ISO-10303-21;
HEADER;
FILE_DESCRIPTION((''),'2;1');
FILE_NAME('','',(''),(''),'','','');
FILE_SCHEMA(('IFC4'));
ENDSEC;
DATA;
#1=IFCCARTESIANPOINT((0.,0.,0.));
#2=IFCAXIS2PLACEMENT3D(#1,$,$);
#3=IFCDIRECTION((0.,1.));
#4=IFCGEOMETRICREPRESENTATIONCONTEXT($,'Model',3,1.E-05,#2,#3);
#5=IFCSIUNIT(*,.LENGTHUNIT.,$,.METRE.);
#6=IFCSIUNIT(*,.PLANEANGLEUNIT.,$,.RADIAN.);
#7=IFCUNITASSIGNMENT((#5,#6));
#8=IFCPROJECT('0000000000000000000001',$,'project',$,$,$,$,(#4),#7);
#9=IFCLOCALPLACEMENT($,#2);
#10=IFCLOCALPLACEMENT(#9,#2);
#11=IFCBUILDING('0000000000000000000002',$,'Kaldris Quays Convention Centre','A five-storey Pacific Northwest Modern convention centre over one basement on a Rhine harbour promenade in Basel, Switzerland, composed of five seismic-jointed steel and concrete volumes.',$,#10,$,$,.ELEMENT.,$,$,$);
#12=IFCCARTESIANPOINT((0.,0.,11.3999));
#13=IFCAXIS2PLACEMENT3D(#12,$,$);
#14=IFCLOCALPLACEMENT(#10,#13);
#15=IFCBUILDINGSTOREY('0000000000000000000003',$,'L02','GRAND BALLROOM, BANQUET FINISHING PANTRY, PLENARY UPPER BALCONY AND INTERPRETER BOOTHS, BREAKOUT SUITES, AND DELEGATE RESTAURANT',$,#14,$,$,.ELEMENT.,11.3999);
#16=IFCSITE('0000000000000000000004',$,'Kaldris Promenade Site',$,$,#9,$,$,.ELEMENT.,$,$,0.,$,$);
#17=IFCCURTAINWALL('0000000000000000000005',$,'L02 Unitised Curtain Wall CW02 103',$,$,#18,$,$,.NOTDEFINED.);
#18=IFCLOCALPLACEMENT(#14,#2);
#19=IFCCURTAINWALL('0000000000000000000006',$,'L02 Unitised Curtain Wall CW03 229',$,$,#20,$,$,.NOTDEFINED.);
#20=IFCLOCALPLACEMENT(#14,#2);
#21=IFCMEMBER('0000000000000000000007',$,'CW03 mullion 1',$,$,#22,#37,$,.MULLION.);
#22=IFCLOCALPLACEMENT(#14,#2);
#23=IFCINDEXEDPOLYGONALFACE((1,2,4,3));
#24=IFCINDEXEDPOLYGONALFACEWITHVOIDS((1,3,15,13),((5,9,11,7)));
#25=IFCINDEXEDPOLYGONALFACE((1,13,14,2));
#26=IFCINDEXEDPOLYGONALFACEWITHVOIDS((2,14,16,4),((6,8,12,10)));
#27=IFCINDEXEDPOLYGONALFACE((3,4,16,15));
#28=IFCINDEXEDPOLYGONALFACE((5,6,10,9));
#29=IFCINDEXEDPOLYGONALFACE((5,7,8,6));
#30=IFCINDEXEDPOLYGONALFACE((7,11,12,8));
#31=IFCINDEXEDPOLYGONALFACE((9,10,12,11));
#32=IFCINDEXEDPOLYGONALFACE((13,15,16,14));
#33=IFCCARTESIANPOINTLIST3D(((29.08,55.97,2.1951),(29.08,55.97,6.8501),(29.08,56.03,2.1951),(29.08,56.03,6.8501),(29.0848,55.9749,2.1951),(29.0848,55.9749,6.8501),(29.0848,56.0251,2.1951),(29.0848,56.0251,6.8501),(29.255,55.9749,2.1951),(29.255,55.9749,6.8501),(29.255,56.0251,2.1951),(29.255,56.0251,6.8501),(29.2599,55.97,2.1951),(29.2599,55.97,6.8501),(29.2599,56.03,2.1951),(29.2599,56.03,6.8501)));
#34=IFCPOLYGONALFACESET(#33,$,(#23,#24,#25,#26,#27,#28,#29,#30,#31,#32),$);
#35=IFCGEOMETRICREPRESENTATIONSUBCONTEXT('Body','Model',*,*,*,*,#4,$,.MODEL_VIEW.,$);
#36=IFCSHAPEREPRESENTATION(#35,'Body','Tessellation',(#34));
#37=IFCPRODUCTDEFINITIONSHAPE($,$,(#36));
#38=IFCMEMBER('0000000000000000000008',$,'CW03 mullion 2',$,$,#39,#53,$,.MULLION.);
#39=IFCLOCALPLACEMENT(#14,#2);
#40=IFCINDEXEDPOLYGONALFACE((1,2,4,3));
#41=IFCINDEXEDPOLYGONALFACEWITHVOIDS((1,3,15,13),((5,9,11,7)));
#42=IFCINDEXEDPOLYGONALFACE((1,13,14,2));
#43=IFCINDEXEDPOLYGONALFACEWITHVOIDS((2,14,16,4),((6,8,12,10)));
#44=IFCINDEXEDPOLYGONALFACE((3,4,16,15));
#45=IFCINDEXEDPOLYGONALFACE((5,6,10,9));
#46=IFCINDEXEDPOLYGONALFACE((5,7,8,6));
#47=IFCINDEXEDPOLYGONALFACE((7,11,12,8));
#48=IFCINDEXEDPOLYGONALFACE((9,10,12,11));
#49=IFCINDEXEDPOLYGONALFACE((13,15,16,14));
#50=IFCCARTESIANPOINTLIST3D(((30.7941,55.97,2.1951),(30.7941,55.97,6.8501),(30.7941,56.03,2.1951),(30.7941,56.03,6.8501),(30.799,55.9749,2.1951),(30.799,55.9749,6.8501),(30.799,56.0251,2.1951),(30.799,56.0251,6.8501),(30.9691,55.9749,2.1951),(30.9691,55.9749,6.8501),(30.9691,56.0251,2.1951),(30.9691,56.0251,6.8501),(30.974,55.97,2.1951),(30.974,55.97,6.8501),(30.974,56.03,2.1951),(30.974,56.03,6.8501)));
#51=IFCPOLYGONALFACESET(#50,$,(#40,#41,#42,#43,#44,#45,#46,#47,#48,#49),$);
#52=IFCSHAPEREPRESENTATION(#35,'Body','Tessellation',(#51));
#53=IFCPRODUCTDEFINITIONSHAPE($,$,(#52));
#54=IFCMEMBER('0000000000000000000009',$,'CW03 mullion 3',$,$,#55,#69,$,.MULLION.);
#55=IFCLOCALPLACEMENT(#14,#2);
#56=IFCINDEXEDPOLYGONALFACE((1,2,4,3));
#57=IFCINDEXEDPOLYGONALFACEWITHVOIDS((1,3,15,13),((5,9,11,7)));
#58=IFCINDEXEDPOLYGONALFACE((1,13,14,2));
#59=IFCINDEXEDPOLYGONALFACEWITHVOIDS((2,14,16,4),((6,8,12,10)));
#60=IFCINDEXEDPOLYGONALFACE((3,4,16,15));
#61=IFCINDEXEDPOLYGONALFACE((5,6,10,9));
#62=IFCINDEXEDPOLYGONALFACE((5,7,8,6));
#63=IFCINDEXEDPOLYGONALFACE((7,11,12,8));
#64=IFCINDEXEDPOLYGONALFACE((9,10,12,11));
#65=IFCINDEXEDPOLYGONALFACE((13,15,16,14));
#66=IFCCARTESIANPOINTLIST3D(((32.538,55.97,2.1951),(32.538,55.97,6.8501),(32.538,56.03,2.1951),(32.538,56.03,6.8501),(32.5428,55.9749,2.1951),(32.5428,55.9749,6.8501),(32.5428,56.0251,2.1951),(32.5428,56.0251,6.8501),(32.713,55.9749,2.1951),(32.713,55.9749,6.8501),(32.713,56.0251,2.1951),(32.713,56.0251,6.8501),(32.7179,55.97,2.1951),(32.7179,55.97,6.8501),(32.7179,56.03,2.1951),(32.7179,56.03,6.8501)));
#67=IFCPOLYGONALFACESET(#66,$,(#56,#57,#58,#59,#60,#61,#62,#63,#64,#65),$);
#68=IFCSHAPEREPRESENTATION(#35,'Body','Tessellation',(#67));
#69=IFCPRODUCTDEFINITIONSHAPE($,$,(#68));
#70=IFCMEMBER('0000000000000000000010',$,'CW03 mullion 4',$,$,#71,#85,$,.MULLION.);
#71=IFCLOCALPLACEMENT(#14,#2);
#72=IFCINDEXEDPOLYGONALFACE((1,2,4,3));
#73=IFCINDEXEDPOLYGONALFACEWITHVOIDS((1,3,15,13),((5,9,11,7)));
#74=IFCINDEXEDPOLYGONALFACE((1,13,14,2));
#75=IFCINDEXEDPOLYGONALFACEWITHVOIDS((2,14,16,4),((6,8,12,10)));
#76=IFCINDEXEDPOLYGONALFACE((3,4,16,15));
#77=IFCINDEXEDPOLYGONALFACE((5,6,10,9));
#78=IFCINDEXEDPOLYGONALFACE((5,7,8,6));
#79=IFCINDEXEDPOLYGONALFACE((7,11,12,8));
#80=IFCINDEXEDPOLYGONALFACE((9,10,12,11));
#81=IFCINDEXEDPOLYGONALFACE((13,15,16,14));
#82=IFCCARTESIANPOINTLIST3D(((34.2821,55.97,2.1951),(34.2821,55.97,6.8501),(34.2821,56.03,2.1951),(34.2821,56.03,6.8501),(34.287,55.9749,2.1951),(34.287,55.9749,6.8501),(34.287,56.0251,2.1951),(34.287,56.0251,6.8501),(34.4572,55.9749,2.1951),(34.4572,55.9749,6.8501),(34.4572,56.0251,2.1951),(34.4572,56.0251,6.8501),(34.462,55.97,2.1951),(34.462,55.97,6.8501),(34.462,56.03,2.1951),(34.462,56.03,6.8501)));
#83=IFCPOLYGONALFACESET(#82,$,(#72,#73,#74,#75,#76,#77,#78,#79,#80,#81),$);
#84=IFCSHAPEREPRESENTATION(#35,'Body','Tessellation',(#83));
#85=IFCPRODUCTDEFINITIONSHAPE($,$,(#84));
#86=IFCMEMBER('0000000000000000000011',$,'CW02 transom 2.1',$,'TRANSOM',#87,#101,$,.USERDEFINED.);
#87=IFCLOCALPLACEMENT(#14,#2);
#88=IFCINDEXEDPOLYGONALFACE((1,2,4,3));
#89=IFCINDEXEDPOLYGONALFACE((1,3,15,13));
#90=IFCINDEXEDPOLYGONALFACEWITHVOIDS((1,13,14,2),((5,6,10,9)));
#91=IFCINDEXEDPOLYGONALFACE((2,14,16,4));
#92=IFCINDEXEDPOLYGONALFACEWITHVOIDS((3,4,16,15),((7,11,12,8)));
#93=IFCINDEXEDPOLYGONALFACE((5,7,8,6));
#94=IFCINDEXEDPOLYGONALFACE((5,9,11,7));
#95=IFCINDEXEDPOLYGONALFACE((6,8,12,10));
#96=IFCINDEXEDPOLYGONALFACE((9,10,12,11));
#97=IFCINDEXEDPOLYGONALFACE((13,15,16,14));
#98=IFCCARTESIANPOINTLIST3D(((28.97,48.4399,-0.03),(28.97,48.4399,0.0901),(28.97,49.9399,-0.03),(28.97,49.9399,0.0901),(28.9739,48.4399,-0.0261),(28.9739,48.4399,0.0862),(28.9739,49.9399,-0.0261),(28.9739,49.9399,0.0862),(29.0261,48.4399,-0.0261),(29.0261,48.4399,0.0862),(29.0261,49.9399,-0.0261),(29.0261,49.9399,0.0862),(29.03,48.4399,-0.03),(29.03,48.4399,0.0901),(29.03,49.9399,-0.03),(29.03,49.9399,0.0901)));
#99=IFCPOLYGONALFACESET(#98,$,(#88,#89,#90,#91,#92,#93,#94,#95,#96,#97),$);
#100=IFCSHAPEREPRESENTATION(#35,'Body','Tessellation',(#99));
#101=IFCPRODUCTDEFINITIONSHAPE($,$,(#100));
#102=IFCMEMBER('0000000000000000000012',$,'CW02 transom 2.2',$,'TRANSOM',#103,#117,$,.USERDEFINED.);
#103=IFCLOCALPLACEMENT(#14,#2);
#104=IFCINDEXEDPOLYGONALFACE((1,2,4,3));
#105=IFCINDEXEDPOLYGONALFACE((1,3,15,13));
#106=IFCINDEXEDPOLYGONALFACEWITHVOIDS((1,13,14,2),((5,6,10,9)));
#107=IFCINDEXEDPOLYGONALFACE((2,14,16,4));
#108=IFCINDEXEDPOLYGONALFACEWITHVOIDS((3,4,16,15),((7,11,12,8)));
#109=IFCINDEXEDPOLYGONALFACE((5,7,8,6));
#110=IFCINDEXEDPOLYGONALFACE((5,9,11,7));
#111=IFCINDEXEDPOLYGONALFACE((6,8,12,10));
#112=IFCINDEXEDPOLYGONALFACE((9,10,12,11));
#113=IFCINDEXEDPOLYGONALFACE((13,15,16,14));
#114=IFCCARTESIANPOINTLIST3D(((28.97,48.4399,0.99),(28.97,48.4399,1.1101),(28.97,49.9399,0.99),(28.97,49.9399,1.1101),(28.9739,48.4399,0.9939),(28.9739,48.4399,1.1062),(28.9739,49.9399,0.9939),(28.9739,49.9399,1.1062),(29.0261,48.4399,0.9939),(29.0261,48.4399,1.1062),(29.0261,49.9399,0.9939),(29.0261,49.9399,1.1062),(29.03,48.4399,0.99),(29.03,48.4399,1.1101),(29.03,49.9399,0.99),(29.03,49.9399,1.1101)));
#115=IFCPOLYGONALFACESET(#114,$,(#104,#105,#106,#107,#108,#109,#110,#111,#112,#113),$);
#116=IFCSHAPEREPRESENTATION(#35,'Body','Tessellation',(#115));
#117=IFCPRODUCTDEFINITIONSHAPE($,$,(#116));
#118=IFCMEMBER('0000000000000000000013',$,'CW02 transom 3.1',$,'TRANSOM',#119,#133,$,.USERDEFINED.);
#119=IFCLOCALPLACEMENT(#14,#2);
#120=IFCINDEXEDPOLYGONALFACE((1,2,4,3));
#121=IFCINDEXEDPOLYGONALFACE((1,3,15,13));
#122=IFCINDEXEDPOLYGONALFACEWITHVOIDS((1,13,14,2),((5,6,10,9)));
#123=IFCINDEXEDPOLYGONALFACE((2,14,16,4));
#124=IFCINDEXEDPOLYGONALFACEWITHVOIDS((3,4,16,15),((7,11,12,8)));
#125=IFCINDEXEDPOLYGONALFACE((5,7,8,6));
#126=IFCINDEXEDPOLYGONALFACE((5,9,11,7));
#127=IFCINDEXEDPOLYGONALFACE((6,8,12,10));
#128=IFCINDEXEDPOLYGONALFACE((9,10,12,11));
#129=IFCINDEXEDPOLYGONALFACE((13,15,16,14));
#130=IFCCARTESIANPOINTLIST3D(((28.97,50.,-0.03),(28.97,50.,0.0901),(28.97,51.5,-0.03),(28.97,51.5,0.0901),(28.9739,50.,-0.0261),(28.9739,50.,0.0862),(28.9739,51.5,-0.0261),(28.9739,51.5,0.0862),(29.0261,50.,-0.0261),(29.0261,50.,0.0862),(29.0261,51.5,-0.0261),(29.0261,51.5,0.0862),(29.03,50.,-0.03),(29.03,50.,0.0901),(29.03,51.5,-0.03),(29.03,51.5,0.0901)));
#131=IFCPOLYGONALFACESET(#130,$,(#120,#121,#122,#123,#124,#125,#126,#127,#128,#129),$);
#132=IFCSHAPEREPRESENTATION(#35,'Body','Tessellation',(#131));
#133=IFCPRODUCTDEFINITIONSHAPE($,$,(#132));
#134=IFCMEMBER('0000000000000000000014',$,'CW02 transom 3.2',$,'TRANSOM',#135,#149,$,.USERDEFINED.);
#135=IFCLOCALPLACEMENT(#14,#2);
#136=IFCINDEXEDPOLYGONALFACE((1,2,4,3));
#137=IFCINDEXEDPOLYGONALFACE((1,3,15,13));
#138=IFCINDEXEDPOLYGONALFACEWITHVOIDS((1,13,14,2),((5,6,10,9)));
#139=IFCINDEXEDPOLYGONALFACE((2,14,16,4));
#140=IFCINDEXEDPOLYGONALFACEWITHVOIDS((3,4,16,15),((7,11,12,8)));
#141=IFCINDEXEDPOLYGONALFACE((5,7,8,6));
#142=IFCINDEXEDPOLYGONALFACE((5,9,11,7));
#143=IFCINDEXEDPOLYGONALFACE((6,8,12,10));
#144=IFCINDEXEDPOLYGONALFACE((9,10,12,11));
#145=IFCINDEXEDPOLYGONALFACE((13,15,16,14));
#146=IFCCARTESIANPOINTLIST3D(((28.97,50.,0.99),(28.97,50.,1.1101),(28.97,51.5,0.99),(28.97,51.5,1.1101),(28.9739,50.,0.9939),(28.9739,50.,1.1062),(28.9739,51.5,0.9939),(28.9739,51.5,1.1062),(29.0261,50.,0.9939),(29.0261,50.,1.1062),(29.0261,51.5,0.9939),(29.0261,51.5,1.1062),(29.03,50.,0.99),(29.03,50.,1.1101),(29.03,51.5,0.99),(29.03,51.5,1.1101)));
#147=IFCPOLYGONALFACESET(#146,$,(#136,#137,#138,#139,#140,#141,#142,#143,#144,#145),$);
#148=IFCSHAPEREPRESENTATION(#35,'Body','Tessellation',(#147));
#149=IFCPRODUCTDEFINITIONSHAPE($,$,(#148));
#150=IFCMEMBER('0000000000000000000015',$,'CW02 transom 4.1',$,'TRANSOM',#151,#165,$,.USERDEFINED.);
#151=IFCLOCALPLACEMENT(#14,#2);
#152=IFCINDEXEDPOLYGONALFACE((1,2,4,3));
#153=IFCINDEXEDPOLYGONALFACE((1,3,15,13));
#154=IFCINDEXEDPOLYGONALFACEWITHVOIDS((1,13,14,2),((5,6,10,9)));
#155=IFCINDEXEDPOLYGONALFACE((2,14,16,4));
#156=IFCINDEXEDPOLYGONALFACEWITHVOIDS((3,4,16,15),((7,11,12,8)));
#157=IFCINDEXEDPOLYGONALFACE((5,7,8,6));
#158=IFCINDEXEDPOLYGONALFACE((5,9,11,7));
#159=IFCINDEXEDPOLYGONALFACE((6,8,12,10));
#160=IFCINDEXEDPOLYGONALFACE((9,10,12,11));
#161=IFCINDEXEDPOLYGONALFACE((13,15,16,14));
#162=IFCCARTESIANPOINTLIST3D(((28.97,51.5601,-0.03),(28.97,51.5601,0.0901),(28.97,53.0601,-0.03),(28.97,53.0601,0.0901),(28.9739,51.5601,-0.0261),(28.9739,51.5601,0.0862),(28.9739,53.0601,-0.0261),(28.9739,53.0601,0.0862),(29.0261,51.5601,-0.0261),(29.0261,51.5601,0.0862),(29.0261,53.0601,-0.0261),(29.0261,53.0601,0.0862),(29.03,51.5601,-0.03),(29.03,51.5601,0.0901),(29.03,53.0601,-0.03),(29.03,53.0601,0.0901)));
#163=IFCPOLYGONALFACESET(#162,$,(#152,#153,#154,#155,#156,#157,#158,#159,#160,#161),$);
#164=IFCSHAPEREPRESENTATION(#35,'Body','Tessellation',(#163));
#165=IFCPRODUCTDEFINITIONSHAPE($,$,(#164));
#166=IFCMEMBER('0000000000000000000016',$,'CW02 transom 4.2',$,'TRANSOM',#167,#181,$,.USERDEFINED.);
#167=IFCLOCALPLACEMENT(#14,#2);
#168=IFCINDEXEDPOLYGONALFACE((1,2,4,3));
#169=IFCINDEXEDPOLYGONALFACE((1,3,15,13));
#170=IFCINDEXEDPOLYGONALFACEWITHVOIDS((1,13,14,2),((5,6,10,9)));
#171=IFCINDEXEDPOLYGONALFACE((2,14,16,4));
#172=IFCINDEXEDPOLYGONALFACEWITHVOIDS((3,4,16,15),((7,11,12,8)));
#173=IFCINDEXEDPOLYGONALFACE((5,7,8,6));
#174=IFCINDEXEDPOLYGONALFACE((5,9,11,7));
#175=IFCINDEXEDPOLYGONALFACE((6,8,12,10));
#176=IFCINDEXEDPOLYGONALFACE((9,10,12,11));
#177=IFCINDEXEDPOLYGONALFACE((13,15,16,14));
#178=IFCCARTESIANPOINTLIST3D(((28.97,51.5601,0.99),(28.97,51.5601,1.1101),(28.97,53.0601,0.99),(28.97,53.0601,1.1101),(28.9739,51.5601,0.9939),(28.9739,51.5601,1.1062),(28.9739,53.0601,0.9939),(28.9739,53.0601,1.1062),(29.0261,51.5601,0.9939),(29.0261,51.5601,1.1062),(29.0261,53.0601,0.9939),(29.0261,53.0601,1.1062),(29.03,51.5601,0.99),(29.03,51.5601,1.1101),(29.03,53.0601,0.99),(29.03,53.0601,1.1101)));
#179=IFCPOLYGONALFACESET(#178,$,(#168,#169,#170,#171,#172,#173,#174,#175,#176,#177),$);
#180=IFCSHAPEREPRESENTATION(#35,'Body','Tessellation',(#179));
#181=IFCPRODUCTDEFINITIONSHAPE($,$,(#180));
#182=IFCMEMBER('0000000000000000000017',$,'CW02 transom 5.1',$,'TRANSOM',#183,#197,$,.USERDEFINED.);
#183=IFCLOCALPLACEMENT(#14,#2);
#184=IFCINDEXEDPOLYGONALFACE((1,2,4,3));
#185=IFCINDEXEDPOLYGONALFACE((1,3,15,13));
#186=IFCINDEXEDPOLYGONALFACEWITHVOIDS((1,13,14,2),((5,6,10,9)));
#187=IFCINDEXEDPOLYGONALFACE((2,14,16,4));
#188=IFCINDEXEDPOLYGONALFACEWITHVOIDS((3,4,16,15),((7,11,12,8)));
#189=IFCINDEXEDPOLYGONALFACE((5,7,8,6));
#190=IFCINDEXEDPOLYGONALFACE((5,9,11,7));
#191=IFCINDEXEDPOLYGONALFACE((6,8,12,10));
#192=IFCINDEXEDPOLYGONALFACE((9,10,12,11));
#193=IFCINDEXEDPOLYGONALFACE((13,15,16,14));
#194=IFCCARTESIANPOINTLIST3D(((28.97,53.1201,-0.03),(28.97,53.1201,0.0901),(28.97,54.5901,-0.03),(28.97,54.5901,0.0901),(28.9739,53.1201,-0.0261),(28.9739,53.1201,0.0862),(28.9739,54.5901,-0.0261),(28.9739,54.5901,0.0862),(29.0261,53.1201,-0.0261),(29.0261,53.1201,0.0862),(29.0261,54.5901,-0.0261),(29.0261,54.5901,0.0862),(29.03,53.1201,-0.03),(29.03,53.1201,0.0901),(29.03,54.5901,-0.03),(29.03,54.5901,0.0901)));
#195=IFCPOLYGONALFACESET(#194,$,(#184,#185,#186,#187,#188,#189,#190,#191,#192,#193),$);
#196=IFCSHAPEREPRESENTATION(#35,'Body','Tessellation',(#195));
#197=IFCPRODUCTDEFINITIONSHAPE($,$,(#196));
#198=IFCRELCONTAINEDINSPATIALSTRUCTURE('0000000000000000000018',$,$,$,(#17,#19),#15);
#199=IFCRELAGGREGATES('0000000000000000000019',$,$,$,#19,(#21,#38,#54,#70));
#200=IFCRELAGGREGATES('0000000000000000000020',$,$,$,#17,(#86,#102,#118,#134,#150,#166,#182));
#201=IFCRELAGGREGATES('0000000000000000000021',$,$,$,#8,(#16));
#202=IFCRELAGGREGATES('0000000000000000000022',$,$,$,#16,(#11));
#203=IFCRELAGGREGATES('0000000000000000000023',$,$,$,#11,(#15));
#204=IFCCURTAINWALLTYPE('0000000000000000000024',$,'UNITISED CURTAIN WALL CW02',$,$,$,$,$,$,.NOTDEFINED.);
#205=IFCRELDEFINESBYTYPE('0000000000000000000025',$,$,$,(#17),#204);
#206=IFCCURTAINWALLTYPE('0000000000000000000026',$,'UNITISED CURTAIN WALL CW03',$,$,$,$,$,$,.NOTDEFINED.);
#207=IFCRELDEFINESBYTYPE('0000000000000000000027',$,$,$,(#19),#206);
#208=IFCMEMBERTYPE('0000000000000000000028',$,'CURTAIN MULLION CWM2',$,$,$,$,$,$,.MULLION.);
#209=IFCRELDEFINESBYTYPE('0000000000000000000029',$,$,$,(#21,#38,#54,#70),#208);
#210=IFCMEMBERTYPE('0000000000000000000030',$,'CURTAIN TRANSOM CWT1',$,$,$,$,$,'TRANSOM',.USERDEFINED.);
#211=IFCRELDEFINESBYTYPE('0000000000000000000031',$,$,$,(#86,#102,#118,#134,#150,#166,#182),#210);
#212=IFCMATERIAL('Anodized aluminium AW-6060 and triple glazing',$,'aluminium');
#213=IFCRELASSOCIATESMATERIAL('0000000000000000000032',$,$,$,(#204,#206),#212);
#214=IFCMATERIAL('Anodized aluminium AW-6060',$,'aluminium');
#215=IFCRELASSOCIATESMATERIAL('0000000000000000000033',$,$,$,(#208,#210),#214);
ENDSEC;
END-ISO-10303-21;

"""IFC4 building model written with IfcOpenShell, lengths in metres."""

from ifc_helpers import new_model, si_unit, direction, frame, origin, origin_2d, place, context, subcontext, project, spatial, hollow_rectangle, extrude, material, material_profile, profile_set, type_object, element, aggregate, save


model = new_model("IFC4")

# Units and contexts
model_context = context("Model", 3, precision=1e-05, world=origin(), true_north=direction((0.0, 1.0)))
body_context = subcontext(model_context, "Body", "Model", "MODEL_VIEW")
ifc_project = project(units=[si_unit("LENGTHUNIT", "METRE"), si_unit("PLANEANGLEUNIT", "RADIAN")], contexts=[model_context])

# Site, building, storey
site_placement = place(None, origin())
site = spatial("IfcSite", under=ifc_project, at=site_placement, Name="Kaldris Promenade Site", CompositionType="ELEMENT", RefElevation=0.0)
building_placement = place(site_placement, origin())
building = spatial("IfcBuilding", under=site, at=building_placement, Name="Kaldris Quays Convention Centre", Description="A five-storey Pacific Northwest Modern convention centre over one basement on a Rhine harbour promenade in Basel, Switzerland, composed of five seismic-jointed steel and concrete volumes.", CompositionType="ELEMENT")
storey_placement = place(building_placement, frame((0.0, 0.0, 11.3999)))
storey = spatial("IfcBuildingStorey", under=building, at=storey_placement, Name="L02", Description="GRAND BALLROOM, BANQUET FINISHING PANTRY, PLENARY UPPER BALCONY AND INTERPRETER BOOTHS, BREAKOUT SUITES, AND DELEGATE RESTAURANT", CompositionType="ELEMENT", Elevation=11.3999)

# Curtain wall
ifc_material_1 = material(Name="Anodized aluminium AW-6060 and triple glazing", Category="aluminium")
curtain_wall_type_1 = type_object("IfcCurtainWallType", Name="UNITISED CURTAIN WALL CW02", PredefinedType="NOTDEFINED", material=ifc_material_1)
curtain_wall_1_placement = place(storey_placement, origin())
curtain_wall_1 = element("IfcCurtainWall", 1, at=curtain_wall_1_placement, inside=storey, type_object=curtain_wall_type_1, Name="L02 Unitised Curtain Wall CW02 103", PredefinedType="NOTDEFINED")
ifc_material_2 = material(Name="Anodized aluminium AW-6060", Category="aluminium")
ifc_material_profile_1 = material_profile(ifc_material_2, hollow_rectangle(XDim=0.0601, YDim=0.1799, WallThickness=0.0049, at=origin_2d()), Name="RHS 180x60x5")
ifc_profile_set_1 = profile_set([ifc_material_profile_1], Name="Anodized aluminium AW-6060")
member_type_1 = type_object("IfcMemberType", Name="CURTAIN MULLION CWM2", PredefinedType="MULLION", material=ifc_profile_set_1)

# Shared definitions
curtain_wall_type_2 = type_object("IfcCurtainWallType", Name="UNITISED CURTAIN WALL CW03", PredefinedType="NOTDEFINED", material=ifc_material_1)

# Curtain wall, members
curtain_wall_2_placement = place(storey_placement, origin())
curtain_wall_2 = element("IfcCurtainWall", 2, at=curtain_wall_2_placement, inside=storey, type_object=curtain_wall_type_2, Name="L02 Unitised Curtain Wall CW03 229", PredefinedType="NOTDEFINED")
member_1_placement = place(storey_placement, frame((29.1699, 56.0, 2.1951), z_axis=(0.0, 0.0, 1.0), x_axis=(0.0, 1.0, 0.0)))
member_1 = element("IfcMember", 3, at=member_1_placement, type_object=member_type_1, Name="CW03 mullion 1", PredefinedType="MULLION", context=body_context, shape_type="SweptSolid", body=[
    extrude(hollow_rectangle(XDim=0.0601, YDim=0.1799, WallThickness=0.0049, at=origin_2d()), origin(), (0.0, 0.0, 1.0), 4.655),
])
member_2_placement = place(storey_placement, frame((30.884, 56.0, 2.1951), z_axis=(0.0, 0.0, 1.0), x_axis=(0.0, 1.0, 0.0)))
member_2 = element("IfcMember", 4, at=member_2_placement, type_object=member_type_1, Name="CW03 mullion 2", PredefinedType="MULLION", context=body_context, shape_type="SweptSolid", body=[
    extrude(hollow_rectangle(XDim=0.0601, YDim=0.1799, WallThickness=0.0049, at=origin_2d()), origin(), (0.0, 0.0, 1.0), 4.655),
])
member_3_placement = place(storey_placement, frame((32.6279, 56.0, 2.1951), z_axis=(0.0, 0.0, 1.0), x_axis=(0.0, 1.0, 0.0)))
member_3 = element("IfcMember", 5, at=member_3_placement, type_object=member_type_1, Name="CW03 mullion 3", PredefinedType="MULLION", context=body_context, shape_type="SweptSolid", body=[
    extrude(hollow_rectangle(XDim=0.0601, YDim=0.1799, WallThickness=0.0049, at=origin_2d()), origin(), (0.0, 0.0, 1.0), 4.655),
])
member_4_placement = place(storey_placement, frame((34.3721, 56.0, 2.1951), z_axis=(0.0, 0.0, 1.0), x_axis=(0.0, 1.0, 0.0)))
member_4 = element("IfcMember", 6, at=member_4_placement, type_object=member_type_1, Name="CW03 mullion 4", PredefinedType="MULLION", context=body_context, shape_type="SweptSolid", body=[
    extrude(hollow_rectangle(XDim=0.0601, YDim=0.1799, WallThickness=0.0049, at=origin_2d()), origin(), (0.0, 0.0, 1.0), 4.655),
])

# Members
ifc_material_profile_2 = material_profile(ifc_material_2, hollow_rectangle(XDim=0.0601, YDim=0.1201, WallThickness=0.0039, at=origin_2d()), Name="RHS 120x60x4")
ifc_profile_set_2 = profile_set([ifc_material_profile_2], Name="Anodized aluminium AW-6060")
member_type_2 = type_object("IfcMemberType", Name="CURTAIN TRANSOM CWT1", ElementType="TRANSOM", PredefinedType="USERDEFINED", material=ifc_profile_set_2)
member_5_placement = place(storey_placement, frame((29.0, 48.4399, 0.03), z_axis=(0.0, 1.0, 0.0), x_axis=(-1.0, 0.0, 0.0)))
member_5 = element("IfcMember", 7, at=member_5_placement, type_object=member_type_2, Name="CW02 transom 2.1", ObjectType="TRANSOM", PredefinedType="USERDEFINED", context=body_context, shape_type="SweptSolid", body=[
    extrude(hollow_rectangle(XDim=0.0601, YDim=0.1201, WallThickness=0.0039, at=origin_2d()), origin(), (0.0, 0.0, 1.0), 1.5),
])
member_6_placement = place(storey_placement, frame((29.0, 48.4399, 1.05), z_axis=(0.0, 1.0, 0.0), x_axis=(-1.0, 0.0, 0.0)))
member_6 = element("IfcMember", 8, at=member_6_placement, type_object=member_type_2, Name="CW02 transom 2.2", ObjectType="TRANSOM", PredefinedType="USERDEFINED", context=body_context, shape_type="SweptSolid", body=[
    extrude(hollow_rectangle(XDim=0.0601, YDim=0.1201, WallThickness=0.0039, at=origin_2d()), origin(), (0.0, 0.0, 1.0), 1.5),
])
member_7_placement = place(storey_placement, frame((29.0, 50.0, 0.03), z_axis=(0.0, 1.0, 0.0), x_axis=(-1.0, 0.0, 0.0)))
member_7 = element("IfcMember", 9, at=member_7_placement, type_object=member_type_2, Name="CW02 transom 3.1", ObjectType="TRANSOM", PredefinedType="USERDEFINED", context=body_context, shape_type="SweptSolid", body=[
    extrude(hollow_rectangle(XDim=0.0601, YDim=0.1201, WallThickness=0.0039, at=origin_2d()), origin(), (0.0, 0.0, 1.0), 1.5),
])
member_8_placement = place(storey_placement, frame((29.0, 50.0, 1.05), z_axis=(0.0, 1.0, 0.0), x_axis=(-1.0, 0.0, 0.0)))
member_8 = element("IfcMember", 10, at=member_8_placement, type_object=member_type_2, Name="CW02 transom 3.2", ObjectType="TRANSOM", PredefinedType="USERDEFINED", context=body_context, shape_type="SweptSolid", body=[
    extrude(hollow_rectangle(XDim=0.0601, YDim=0.1201, WallThickness=0.0039, at=origin_2d()), origin(), (0.0, 0.0, 1.0), 1.5),
])
member_9_placement = place(storey_placement, frame((29.0, 51.5601, 0.03), z_axis=(0.0, 1.0, 0.0), x_axis=(-1.0, 0.0, 0.0)))
member_9 = element("IfcMember", 11, at=member_9_placement, type_object=member_type_2, Name="CW02 transom 4.1", ObjectType="TRANSOM", PredefinedType="USERDEFINED", context=body_context, shape_type="SweptSolid", body=[
    extrude(hollow_rectangle(XDim=0.0601, YDim=0.1201, WallThickness=0.0039, at=origin_2d()), origin(), (0.0, 0.0, 1.0), 1.5),
])
member_10_placement = place(storey_placement, frame((29.0, 51.5601, 1.05), z_axis=(0.0, 1.0, 0.0), x_axis=(-1.0, 0.0, 0.0)))
member_10 = element("IfcMember", 12, at=member_10_placement, type_object=member_type_2, Name="CW02 transom 4.2", ObjectType="TRANSOM", PredefinedType="USERDEFINED", context=body_context, shape_type="SweptSolid", body=[
    extrude(hollow_rectangle(XDim=0.0601, YDim=0.1201, WallThickness=0.0039, at=origin_2d()), origin(), (0.0, 0.0, 1.0), 1.5),
])
member_11_placement = place(storey_placement, frame((29.0, 53.1201, 0.03), z_axis=(0.0, 1.0, 0.0), x_axis=(-1.0, 0.0, 0.0)))
member_11 = element("IfcMember", 13, at=member_11_placement, type_object=member_type_2, Name="CW02 transom 5.1", ObjectType="TRANSOM", PredefinedType="USERDEFINED", context=body_context, shape_type="SweptSolid", body=[
    extrude(hollow_rectangle(XDim=0.0601, YDim=0.1201, WallThickness=0.0039, at=origin_2d()), origin(), (0.0, 0.0, 1.0), 1.47),
])

aggregate(curtain_wall_2, [member_1, member_2, member_3, member_4])
aggregate(curtain_wall_1, [member_5, member_6, member_7, member_8, member_9, member_10, member_11])

save(model, "model.ifc")
